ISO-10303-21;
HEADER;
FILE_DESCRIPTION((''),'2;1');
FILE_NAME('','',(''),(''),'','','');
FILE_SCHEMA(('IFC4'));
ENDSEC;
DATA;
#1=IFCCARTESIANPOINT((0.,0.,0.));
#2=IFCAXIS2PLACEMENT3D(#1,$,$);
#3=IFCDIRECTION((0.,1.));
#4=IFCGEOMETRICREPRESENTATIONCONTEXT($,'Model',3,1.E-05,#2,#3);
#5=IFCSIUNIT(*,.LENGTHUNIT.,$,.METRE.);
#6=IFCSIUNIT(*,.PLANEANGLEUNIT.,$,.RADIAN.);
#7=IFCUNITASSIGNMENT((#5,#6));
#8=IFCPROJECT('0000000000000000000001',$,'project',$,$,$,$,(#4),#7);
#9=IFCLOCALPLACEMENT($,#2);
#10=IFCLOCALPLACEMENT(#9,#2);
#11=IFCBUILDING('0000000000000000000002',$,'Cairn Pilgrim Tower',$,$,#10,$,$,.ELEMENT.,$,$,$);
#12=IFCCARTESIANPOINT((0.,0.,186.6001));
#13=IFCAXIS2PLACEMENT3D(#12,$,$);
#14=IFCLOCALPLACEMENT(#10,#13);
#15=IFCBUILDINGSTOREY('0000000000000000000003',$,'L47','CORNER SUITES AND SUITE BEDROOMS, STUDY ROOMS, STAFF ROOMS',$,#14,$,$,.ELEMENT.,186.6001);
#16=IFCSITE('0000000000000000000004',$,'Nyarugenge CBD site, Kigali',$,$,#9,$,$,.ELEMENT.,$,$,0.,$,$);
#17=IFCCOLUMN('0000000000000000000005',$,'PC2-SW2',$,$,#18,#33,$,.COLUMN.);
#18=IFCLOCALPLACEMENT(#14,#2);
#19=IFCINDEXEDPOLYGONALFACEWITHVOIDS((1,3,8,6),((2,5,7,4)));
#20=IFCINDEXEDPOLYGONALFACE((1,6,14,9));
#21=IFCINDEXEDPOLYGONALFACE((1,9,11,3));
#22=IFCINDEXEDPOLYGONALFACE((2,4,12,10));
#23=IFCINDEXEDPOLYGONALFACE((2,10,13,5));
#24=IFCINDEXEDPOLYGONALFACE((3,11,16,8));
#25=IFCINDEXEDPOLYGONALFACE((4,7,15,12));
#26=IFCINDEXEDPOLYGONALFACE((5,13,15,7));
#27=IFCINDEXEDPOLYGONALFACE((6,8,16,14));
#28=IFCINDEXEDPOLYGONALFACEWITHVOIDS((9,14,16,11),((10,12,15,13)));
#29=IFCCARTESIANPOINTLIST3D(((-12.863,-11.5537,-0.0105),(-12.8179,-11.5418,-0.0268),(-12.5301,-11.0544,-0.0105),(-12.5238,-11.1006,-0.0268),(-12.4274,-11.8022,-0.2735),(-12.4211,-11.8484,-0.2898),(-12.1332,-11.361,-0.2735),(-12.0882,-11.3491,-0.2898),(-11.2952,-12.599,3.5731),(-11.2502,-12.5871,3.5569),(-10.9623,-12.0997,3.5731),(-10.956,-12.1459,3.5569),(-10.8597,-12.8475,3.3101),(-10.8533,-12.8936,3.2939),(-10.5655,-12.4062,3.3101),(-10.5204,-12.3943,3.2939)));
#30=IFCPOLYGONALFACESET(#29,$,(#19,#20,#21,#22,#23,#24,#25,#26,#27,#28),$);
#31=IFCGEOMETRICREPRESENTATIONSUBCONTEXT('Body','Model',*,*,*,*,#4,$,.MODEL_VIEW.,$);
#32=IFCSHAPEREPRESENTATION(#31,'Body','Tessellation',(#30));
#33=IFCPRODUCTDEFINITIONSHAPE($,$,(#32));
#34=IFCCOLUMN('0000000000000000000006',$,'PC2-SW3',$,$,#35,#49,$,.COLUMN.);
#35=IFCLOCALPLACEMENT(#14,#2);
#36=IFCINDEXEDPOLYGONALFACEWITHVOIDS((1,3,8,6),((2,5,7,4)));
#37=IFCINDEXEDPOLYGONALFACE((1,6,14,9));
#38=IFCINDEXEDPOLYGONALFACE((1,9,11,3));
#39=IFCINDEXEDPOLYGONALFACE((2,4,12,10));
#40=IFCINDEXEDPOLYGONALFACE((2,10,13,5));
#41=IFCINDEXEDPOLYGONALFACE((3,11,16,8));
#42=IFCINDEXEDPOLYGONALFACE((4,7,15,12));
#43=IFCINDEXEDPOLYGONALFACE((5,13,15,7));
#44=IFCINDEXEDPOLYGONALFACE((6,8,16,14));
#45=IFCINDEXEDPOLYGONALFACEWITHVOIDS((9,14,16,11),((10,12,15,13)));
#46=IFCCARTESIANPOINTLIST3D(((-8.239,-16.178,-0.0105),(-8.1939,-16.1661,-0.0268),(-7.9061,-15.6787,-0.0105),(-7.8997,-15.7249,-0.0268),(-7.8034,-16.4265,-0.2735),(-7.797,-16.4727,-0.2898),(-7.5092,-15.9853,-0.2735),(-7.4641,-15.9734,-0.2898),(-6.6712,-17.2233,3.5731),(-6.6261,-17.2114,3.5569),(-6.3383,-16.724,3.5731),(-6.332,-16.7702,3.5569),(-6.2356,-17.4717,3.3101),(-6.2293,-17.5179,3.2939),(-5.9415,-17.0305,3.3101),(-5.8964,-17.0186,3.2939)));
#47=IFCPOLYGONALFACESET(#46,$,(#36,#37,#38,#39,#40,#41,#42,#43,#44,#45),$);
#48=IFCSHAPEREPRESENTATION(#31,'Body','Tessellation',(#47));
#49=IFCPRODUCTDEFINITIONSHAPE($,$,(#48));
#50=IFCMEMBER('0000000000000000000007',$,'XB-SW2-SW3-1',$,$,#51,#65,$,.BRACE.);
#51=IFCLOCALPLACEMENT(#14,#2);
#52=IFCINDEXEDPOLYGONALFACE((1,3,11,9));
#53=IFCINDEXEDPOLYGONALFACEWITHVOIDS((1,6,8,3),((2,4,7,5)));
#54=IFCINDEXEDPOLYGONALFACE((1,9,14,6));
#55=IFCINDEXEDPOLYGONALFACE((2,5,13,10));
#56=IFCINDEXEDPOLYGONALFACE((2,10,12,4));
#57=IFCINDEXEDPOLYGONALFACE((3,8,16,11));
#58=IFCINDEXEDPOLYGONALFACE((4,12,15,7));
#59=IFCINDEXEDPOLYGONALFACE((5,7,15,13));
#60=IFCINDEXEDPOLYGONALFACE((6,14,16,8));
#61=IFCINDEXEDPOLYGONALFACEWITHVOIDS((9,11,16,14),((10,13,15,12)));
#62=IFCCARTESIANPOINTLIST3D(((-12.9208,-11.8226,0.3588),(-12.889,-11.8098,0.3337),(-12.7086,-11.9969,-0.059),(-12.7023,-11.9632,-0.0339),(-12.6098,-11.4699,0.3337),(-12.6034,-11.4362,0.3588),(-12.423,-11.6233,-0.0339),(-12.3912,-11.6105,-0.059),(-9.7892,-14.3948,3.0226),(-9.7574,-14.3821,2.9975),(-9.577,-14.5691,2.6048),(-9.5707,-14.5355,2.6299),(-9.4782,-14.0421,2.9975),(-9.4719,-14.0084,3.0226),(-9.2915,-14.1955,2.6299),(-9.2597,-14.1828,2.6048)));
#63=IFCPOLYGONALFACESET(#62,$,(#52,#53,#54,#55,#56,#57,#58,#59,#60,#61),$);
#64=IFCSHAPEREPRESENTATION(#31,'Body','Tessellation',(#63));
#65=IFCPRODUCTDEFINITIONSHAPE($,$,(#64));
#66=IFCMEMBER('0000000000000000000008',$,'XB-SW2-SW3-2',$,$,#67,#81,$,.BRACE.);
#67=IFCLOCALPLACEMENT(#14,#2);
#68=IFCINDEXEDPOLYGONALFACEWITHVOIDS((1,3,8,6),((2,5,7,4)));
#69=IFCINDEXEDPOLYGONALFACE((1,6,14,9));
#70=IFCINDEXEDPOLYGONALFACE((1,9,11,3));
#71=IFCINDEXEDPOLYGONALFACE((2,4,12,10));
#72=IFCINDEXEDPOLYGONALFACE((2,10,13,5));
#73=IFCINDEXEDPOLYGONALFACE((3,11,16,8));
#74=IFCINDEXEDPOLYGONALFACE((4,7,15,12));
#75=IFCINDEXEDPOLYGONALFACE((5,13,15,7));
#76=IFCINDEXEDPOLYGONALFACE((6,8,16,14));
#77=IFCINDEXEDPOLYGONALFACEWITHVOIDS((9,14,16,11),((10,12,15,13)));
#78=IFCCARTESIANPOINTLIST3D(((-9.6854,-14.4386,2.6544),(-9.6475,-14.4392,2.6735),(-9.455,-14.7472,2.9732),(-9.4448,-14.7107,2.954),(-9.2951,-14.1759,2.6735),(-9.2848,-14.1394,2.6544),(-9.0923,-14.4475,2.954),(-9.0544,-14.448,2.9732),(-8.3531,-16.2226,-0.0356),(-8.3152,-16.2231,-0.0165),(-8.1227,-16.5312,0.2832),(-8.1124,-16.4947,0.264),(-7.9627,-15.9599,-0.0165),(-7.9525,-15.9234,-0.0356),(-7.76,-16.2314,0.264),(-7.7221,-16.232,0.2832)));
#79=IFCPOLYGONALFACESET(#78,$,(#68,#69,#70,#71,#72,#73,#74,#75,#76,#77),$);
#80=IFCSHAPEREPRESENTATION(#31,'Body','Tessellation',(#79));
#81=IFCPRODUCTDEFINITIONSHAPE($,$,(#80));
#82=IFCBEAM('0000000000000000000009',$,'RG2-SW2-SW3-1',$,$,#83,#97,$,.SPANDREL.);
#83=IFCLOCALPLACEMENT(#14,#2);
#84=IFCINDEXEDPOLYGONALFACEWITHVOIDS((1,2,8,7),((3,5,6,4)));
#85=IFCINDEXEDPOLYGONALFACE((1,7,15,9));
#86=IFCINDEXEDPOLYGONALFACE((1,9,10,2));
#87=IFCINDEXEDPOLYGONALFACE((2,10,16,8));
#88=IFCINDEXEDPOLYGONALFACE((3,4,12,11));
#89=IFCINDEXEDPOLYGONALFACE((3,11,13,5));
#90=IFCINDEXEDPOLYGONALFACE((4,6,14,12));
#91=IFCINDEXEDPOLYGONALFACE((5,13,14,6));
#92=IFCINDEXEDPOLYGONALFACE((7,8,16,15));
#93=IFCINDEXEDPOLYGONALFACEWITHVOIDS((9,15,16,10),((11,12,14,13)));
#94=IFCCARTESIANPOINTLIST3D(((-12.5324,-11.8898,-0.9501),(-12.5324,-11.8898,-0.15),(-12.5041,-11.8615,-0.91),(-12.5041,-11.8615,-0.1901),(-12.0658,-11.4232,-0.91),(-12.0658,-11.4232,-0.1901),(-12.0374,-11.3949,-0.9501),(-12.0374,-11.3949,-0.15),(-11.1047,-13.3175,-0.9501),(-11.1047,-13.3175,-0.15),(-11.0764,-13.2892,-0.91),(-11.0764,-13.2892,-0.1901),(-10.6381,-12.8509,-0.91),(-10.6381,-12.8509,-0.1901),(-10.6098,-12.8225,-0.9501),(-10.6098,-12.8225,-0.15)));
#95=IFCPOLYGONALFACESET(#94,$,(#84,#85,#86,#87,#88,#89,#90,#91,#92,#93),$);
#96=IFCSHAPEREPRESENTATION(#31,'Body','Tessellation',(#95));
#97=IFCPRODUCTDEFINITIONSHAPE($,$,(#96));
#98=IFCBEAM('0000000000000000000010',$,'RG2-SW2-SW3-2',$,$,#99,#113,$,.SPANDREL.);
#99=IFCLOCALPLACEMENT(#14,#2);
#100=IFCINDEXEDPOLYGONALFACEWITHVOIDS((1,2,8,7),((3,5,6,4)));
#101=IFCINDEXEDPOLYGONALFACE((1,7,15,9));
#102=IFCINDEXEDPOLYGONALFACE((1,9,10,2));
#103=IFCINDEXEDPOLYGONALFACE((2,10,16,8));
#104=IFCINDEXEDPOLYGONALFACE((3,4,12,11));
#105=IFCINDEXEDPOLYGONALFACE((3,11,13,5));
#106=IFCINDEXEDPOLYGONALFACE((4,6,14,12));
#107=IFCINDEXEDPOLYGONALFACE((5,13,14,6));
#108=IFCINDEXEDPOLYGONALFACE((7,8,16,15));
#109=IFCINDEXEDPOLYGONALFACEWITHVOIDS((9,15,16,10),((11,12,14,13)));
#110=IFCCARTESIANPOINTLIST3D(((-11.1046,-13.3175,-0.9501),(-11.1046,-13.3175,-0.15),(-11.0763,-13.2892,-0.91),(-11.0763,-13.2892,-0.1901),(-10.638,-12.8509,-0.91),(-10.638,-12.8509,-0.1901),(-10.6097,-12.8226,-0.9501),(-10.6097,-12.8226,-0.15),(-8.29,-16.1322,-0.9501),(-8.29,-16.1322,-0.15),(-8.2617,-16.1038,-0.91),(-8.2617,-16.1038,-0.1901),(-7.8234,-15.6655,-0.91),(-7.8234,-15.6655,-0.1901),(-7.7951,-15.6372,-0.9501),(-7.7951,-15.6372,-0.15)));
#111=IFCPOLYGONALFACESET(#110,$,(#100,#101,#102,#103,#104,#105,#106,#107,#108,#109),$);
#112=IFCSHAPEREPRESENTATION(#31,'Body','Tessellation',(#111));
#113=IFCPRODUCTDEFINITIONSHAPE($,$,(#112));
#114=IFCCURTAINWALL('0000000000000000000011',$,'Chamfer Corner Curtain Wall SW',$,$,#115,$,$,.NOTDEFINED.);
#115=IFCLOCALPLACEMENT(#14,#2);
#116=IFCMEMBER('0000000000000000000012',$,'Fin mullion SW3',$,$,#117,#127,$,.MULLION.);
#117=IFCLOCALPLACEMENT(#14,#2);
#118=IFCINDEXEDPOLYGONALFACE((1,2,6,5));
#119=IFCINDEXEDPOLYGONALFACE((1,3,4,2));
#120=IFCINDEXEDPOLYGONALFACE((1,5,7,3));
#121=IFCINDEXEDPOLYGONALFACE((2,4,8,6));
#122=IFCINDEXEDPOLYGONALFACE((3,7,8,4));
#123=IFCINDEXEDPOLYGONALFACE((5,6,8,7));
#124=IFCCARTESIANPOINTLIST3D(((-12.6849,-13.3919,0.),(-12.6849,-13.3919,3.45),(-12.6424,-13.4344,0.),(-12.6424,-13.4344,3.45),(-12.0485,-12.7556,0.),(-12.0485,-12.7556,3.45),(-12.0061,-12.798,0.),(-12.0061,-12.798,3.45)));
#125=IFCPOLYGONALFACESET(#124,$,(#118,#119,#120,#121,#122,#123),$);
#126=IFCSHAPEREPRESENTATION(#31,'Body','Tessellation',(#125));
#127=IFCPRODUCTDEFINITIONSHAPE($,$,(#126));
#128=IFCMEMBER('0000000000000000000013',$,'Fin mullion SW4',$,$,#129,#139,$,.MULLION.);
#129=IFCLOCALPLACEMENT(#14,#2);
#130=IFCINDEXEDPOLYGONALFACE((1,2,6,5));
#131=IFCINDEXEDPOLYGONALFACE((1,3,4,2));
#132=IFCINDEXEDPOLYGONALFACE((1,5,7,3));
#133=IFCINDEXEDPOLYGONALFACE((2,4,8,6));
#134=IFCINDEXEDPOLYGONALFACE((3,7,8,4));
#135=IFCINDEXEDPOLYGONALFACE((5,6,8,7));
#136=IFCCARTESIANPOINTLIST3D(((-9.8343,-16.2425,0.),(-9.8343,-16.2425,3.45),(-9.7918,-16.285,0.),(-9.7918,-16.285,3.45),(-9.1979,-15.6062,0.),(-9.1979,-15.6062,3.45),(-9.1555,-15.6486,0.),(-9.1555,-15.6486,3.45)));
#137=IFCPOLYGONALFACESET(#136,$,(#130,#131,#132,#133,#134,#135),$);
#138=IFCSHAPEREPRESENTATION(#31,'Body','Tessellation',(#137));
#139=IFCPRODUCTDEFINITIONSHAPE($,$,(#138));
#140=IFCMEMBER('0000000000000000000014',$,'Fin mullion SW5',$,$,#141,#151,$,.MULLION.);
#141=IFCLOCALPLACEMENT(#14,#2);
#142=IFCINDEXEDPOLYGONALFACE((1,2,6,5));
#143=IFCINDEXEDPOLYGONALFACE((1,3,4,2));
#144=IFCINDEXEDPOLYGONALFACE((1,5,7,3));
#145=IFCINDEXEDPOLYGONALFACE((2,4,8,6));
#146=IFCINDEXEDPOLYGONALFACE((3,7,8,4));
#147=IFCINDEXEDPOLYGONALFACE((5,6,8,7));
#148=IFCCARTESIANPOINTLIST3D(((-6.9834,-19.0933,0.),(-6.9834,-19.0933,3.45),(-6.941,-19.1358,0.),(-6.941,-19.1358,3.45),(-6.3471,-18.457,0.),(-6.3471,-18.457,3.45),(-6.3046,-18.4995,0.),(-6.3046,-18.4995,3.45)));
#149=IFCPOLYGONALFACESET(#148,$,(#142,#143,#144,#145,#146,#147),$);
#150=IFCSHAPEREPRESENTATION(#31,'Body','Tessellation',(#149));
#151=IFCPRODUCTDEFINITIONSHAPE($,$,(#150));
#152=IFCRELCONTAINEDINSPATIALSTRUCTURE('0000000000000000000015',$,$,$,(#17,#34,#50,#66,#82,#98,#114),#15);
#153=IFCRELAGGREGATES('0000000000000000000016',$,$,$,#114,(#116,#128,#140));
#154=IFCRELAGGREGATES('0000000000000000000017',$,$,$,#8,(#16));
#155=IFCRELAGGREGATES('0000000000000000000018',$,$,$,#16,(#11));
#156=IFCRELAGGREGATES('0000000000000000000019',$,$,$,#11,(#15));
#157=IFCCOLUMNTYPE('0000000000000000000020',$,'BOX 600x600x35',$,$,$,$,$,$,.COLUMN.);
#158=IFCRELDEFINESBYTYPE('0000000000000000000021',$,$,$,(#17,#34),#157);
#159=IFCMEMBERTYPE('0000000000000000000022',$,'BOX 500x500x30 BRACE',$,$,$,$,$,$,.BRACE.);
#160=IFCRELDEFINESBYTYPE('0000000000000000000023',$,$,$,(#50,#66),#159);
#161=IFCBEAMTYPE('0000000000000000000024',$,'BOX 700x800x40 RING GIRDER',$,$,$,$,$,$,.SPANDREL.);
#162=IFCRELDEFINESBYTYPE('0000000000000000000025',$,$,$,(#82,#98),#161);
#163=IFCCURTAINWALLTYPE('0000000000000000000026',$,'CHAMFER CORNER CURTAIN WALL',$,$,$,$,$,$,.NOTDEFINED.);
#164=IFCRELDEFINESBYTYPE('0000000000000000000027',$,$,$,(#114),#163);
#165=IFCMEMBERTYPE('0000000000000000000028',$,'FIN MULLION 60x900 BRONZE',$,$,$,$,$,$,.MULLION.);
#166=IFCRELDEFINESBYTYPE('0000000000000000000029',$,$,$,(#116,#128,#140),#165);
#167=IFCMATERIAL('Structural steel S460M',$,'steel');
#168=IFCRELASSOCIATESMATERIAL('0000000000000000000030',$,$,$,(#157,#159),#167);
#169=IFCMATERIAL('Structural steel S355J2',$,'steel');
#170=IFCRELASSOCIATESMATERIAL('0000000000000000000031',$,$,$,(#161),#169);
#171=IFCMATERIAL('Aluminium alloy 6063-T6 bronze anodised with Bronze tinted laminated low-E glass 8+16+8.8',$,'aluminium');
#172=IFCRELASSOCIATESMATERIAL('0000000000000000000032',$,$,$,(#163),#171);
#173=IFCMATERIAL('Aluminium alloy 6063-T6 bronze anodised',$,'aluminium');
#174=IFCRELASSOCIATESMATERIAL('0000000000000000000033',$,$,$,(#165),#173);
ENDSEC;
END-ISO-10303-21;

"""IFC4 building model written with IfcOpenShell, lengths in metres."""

from ifc_helpers import new_model, si_unit, direction, frame, origin, origin_2d, place, context, subcontext, project, spatial, rectangle, hollow_rectangle, extrude, clip, halfspace, material, material_profile, profile_set, type_object, element, aggregate, save


model = new_model("IFC4")

# Units and contexts
model_context = context("Model", 3, precision=1e-05, world=origin(), true_north=direction((0.0, 1.0)))
body_context = subcontext(model_context, "Body", "Model", "MODEL_VIEW")
ifc_project = project(units=[si_unit("LENGTHUNIT", "METRE"), si_unit("PLANEANGLEUNIT", "RADIAN")], contexts=[model_context])

# Site, building, storey
site_placement = place(None, origin())
site = spatial("IfcSite", under=ifc_project, at=site_placement, Name="Nyarugenge CBD site, Kigali", CompositionType="ELEMENT", RefElevation=0.0)
building_placement = place(site_placement, origin())
building = spatial("IfcBuilding", under=site, at=building_placement, Name="Cairn Pilgrim Tower", CompositionType="ELEMENT")
storey_placement = place(building_placement, frame((0.0, 0.0, 186.6001)))
storey = spatial("IfcBuildingStorey", under=building, at=storey_placement, Name="L47", Description="CORNER SUITES AND SUITE BEDROOMS, STUDY ROOMS, STAFF ROOMS", CompositionType="ELEMENT", Elevation=186.6001)

# Columns
ifc_material_1 = material(Name="Structural steel S460M", Category="steel")
ifc_material_profile_1 = material_profile(ifc_material_1, hollow_rectangle(XDim=0.6001, YDim=0.6001, WallThickness=0.0349, at=origin_2d()), Name="BOX 600x600x35")
ifc_profile_set_1 = profile_set([ifc_material_profile_1], Name="Structural steel S460M")
column_type = type_object("IfcColumnType", Name="BOX 600x600x35", PredefinedType="COLUMN", material=ifc_profile_set_1)
for number, where, z_axis, x_axis, name in (
    (1, (-12.4756, -11.4514, -0.1501), (0.387213, -0.258162, 0.885109), (0.55473, 0.83203, 0.0), "PC2-SW2"),
    (2, (-7.8516, -16.0757, -0.1501), (0.387213, -0.258162, 0.885109), (0.55473, 0.83203, 0.0), "PC2-SW3"),
):
    element("IfcColumn", number, at=place(storey_placement, frame(where, z_axis=z_axis, x_axis=x_axis)), inside=storey, type_object=column_type, Name=name, PredefinedType="COLUMN", context=body_context, shape_type="Clipping", body=[
        clip(extrude(hollow_rectangle(XDim=0.6001, YDim=0.6001, WallThickness=0.0349, at=origin_2d()), origin(), (0.0, 0.0, 1.0), 4.0674), halfspace(frame((0.0, 0.0, 4.0488), z_axis=(0.0, 0.0, 1.0), x_axis=(1.0, 0.0, 0.0)), False)),
    ])

# Members
ifc_material_profile_2 = material_profile(ifc_material_1, hollow_rectangle(XDim=0.5, YDim=0.5, WallThickness=0.03, at=origin_2d()), Name="BOX 500x500x30")
ifc_profile_set_2 = profile_set([ifc_material_profile_2], Name="Structural steel S460M")
member_type_1 = type_object("IfcMemberType", Name="BOX 500x500x30 BRACE", PredefinedType="BRACE", material=ifc_profile_set_2)
member_1_placement = place(storey_placement, frame((-12.656, -11.7166, 0.1499), z_axis=(0.645732, -0.5304, 0.549278), x_axis=(0.634723, 0.77274, 0.0)))
element("IfcMember", 3, at=member_1_placement, inside=storey, type_object=member_type_1, Name="XB-SW2-SW3-1", PredefinedType="BRACE", context=body_context, shape_type="SweptSolid", body=[
    extrude(hollow_rectangle(XDim=0.5, YDim=0.5, WallThickness=0.03, at=origin_2d()), origin(), (0.0, 0.0, 1.0), 4.8496),
])
member_2_placement = place(storey_placement, frame((-8.0376, -16.2273, 0.1238), z_axis=(-0.381536, 0.510882, 0.770344), x_axis=(-0.801222, -0.598367, 0.0)))
element("IfcMember", 4, at=member_2_placement, inside=storey, type_object=member_type_1, Name="XB-SW2-SW3-2", PredefinedType="BRACE", context=body_context, shape_type="SweptSolid", body=[
    extrude(hollow_rectangle(XDim=0.5, YDim=0.5, WallThickness=0.03, at=origin_2d()), origin(), (0.0, 0.0, 1.0), 3.4919),
])

# Beams
ifc_material_2 = material(Name="Structural steel S355J2", Category="steel")
ifc_material_profile_3 = material_profile(ifc_material_2, hollow_rectangle(XDim=0.7, YDim=0.8, WallThickness=0.04, at=origin_2d()), Name="BOX 700x800x40")
ifc_profile_set_3 = profile_set([ifc_material_profile_3], Name="Structural steel S355J2")
beam_type_1 = type_object("IfcBeamType", Name="BOX 700x800x40 RING GIRDER", PredefinedType="SPANDREL", material=ifc_profile_set_3)
beam_1_placement = place(storey_placement, frame((-12.2849, -11.6423, -0.55), z_axis=(0.707107, -0.707107, 0.0), x_axis=(0.707107, 0.707107, 0.0)))
element("IfcBeam", 5, at=beam_1_placement, inside=storey, type_object=beam_type_1, Name="RG2-SW2-SW3-1", PredefinedType="SPANDREL", context=body_context, shape_type="SweptSolid", body=[
    extrude(hollow_rectangle(XDim=0.7, YDim=0.8, WallThickness=0.04, at=origin_2d()), origin(), (0.0, 0.0, 1.0), 2.019),
])
beam_2_placement = place(storey_placement, frame((-10.8572, -13.0701, -0.55), z_axis=(0.707107, -0.707107, 0.0), x_axis=(0.707107, 0.707107, 0.0)))
element("IfcBeam", 6, at=beam_2_placement, inside=storey, type_object=beam_type_1, Name="RG2-SW2-SW3-2", PredefinedType="SPANDREL", context=body_context, shape_type="SweptSolid", body=[
    extrude(hollow_rectangle(XDim=0.7, YDim=0.8, WallThickness=0.04, at=origin_2d()), origin(), (0.0, 0.0, 1.0), 3.9805),
])

# Curtain wall, members
ifc_material_3 = material(Name="Aluminium alloy 6063-T6 bronze anodised with Bronze tinted laminated low-E glass 8+16+8.8", Category="aluminium")
curtain_wall_type = type_object("IfcCurtainWallType", Name="CHAMFER CORNER CURTAIN WALL", PredefinedType="NOTDEFINED", material=ifc_material_3)
curtain_wall_placement = place(storey_placement, origin())
curtain_wall = element("IfcCurtainWall", 7, at=curtain_wall_placement, inside=storey, type_object=curtain_wall_type, Name="Chamfer Corner Curtain Wall SW", PredefinedType="NOTDEFINED")
ifc_material_4 = material(Name="Aluminium alloy 6063-T6 bronze anodised", Category="aluminium")
ifc_material_profile_4 = material_profile(ifc_material_4, rectangle(XDim=0.8999, YDim=0.0601, at=origin_2d()), Name="FIN MULLION 60x900 BRONZE")
ifc_profile_set_4 = profile_set([ifc_material_profile_4], Name="Aluminium alloy 6063-T6 bronze anodised")
member_type_2 = type_object("IfcMemberType", Name="FIN MULLION 60x900 BRONZE", PredefinedType="MULLION", material=ifc_profile_set_4)
member_3_placement = place(storey_placement, frame((-12.3455, -13.095, 0.0), z_axis=(0.0, 0.0, 1.0), x_axis=(-0.707107, -0.707107, 0.0)))
member_3 = element("IfcMember", 8, at=member_3_placement, type_object=member_type_2, Name="Fin mullion SW3", PredefinedType="MULLION", context=body_context, shape_type="SweptSolid", body=[
    extrude(rectangle(XDim=0.8999, YDim=0.0601, at=origin_2d()), origin(), (0.0, 0.0, 1.0), 3.45),
])
member_4_placement = place(storey_placement, frame((-9.4949, -15.9456, 0.0), z_axis=(0.0, 0.0, 1.0), x_axis=(-0.707107, -0.707107, 0.0)))
member_4 = element("IfcMember", 9, at=member_4_placement, type_object=member_type_2, Name="Fin mullion SW4", PredefinedType="MULLION", context=body_context, shape_type="SweptSolid", body=[
    extrude(rectangle(XDim=0.8999, YDim=0.0601, at=origin_2d()), origin(), (0.0, 0.0, 1.0), 3.45),
])
member_5_placement = place(storey_placement, frame((-6.644, -18.7964, 0.0), z_axis=(0.0, 0.0, 1.0), x_axis=(-0.707107, -0.707107, 0.0)))
member_5 = element("IfcMember", 10, at=member_5_placement, type_object=member_type_2, Name="Fin mullion SW5", PredefinedType="MULLION", context=body_context, shape_type="SweptSolid", body=[
    extrude(rectangle(XDim=0.8999, YDim=0.0601, at=origin_2d()), origin(), (0.0, 0.0, 1.0), 3.45),
])

aggregate(curtain_wall, [member_3, member_4, member_5])

save(model, "model.ifc")
